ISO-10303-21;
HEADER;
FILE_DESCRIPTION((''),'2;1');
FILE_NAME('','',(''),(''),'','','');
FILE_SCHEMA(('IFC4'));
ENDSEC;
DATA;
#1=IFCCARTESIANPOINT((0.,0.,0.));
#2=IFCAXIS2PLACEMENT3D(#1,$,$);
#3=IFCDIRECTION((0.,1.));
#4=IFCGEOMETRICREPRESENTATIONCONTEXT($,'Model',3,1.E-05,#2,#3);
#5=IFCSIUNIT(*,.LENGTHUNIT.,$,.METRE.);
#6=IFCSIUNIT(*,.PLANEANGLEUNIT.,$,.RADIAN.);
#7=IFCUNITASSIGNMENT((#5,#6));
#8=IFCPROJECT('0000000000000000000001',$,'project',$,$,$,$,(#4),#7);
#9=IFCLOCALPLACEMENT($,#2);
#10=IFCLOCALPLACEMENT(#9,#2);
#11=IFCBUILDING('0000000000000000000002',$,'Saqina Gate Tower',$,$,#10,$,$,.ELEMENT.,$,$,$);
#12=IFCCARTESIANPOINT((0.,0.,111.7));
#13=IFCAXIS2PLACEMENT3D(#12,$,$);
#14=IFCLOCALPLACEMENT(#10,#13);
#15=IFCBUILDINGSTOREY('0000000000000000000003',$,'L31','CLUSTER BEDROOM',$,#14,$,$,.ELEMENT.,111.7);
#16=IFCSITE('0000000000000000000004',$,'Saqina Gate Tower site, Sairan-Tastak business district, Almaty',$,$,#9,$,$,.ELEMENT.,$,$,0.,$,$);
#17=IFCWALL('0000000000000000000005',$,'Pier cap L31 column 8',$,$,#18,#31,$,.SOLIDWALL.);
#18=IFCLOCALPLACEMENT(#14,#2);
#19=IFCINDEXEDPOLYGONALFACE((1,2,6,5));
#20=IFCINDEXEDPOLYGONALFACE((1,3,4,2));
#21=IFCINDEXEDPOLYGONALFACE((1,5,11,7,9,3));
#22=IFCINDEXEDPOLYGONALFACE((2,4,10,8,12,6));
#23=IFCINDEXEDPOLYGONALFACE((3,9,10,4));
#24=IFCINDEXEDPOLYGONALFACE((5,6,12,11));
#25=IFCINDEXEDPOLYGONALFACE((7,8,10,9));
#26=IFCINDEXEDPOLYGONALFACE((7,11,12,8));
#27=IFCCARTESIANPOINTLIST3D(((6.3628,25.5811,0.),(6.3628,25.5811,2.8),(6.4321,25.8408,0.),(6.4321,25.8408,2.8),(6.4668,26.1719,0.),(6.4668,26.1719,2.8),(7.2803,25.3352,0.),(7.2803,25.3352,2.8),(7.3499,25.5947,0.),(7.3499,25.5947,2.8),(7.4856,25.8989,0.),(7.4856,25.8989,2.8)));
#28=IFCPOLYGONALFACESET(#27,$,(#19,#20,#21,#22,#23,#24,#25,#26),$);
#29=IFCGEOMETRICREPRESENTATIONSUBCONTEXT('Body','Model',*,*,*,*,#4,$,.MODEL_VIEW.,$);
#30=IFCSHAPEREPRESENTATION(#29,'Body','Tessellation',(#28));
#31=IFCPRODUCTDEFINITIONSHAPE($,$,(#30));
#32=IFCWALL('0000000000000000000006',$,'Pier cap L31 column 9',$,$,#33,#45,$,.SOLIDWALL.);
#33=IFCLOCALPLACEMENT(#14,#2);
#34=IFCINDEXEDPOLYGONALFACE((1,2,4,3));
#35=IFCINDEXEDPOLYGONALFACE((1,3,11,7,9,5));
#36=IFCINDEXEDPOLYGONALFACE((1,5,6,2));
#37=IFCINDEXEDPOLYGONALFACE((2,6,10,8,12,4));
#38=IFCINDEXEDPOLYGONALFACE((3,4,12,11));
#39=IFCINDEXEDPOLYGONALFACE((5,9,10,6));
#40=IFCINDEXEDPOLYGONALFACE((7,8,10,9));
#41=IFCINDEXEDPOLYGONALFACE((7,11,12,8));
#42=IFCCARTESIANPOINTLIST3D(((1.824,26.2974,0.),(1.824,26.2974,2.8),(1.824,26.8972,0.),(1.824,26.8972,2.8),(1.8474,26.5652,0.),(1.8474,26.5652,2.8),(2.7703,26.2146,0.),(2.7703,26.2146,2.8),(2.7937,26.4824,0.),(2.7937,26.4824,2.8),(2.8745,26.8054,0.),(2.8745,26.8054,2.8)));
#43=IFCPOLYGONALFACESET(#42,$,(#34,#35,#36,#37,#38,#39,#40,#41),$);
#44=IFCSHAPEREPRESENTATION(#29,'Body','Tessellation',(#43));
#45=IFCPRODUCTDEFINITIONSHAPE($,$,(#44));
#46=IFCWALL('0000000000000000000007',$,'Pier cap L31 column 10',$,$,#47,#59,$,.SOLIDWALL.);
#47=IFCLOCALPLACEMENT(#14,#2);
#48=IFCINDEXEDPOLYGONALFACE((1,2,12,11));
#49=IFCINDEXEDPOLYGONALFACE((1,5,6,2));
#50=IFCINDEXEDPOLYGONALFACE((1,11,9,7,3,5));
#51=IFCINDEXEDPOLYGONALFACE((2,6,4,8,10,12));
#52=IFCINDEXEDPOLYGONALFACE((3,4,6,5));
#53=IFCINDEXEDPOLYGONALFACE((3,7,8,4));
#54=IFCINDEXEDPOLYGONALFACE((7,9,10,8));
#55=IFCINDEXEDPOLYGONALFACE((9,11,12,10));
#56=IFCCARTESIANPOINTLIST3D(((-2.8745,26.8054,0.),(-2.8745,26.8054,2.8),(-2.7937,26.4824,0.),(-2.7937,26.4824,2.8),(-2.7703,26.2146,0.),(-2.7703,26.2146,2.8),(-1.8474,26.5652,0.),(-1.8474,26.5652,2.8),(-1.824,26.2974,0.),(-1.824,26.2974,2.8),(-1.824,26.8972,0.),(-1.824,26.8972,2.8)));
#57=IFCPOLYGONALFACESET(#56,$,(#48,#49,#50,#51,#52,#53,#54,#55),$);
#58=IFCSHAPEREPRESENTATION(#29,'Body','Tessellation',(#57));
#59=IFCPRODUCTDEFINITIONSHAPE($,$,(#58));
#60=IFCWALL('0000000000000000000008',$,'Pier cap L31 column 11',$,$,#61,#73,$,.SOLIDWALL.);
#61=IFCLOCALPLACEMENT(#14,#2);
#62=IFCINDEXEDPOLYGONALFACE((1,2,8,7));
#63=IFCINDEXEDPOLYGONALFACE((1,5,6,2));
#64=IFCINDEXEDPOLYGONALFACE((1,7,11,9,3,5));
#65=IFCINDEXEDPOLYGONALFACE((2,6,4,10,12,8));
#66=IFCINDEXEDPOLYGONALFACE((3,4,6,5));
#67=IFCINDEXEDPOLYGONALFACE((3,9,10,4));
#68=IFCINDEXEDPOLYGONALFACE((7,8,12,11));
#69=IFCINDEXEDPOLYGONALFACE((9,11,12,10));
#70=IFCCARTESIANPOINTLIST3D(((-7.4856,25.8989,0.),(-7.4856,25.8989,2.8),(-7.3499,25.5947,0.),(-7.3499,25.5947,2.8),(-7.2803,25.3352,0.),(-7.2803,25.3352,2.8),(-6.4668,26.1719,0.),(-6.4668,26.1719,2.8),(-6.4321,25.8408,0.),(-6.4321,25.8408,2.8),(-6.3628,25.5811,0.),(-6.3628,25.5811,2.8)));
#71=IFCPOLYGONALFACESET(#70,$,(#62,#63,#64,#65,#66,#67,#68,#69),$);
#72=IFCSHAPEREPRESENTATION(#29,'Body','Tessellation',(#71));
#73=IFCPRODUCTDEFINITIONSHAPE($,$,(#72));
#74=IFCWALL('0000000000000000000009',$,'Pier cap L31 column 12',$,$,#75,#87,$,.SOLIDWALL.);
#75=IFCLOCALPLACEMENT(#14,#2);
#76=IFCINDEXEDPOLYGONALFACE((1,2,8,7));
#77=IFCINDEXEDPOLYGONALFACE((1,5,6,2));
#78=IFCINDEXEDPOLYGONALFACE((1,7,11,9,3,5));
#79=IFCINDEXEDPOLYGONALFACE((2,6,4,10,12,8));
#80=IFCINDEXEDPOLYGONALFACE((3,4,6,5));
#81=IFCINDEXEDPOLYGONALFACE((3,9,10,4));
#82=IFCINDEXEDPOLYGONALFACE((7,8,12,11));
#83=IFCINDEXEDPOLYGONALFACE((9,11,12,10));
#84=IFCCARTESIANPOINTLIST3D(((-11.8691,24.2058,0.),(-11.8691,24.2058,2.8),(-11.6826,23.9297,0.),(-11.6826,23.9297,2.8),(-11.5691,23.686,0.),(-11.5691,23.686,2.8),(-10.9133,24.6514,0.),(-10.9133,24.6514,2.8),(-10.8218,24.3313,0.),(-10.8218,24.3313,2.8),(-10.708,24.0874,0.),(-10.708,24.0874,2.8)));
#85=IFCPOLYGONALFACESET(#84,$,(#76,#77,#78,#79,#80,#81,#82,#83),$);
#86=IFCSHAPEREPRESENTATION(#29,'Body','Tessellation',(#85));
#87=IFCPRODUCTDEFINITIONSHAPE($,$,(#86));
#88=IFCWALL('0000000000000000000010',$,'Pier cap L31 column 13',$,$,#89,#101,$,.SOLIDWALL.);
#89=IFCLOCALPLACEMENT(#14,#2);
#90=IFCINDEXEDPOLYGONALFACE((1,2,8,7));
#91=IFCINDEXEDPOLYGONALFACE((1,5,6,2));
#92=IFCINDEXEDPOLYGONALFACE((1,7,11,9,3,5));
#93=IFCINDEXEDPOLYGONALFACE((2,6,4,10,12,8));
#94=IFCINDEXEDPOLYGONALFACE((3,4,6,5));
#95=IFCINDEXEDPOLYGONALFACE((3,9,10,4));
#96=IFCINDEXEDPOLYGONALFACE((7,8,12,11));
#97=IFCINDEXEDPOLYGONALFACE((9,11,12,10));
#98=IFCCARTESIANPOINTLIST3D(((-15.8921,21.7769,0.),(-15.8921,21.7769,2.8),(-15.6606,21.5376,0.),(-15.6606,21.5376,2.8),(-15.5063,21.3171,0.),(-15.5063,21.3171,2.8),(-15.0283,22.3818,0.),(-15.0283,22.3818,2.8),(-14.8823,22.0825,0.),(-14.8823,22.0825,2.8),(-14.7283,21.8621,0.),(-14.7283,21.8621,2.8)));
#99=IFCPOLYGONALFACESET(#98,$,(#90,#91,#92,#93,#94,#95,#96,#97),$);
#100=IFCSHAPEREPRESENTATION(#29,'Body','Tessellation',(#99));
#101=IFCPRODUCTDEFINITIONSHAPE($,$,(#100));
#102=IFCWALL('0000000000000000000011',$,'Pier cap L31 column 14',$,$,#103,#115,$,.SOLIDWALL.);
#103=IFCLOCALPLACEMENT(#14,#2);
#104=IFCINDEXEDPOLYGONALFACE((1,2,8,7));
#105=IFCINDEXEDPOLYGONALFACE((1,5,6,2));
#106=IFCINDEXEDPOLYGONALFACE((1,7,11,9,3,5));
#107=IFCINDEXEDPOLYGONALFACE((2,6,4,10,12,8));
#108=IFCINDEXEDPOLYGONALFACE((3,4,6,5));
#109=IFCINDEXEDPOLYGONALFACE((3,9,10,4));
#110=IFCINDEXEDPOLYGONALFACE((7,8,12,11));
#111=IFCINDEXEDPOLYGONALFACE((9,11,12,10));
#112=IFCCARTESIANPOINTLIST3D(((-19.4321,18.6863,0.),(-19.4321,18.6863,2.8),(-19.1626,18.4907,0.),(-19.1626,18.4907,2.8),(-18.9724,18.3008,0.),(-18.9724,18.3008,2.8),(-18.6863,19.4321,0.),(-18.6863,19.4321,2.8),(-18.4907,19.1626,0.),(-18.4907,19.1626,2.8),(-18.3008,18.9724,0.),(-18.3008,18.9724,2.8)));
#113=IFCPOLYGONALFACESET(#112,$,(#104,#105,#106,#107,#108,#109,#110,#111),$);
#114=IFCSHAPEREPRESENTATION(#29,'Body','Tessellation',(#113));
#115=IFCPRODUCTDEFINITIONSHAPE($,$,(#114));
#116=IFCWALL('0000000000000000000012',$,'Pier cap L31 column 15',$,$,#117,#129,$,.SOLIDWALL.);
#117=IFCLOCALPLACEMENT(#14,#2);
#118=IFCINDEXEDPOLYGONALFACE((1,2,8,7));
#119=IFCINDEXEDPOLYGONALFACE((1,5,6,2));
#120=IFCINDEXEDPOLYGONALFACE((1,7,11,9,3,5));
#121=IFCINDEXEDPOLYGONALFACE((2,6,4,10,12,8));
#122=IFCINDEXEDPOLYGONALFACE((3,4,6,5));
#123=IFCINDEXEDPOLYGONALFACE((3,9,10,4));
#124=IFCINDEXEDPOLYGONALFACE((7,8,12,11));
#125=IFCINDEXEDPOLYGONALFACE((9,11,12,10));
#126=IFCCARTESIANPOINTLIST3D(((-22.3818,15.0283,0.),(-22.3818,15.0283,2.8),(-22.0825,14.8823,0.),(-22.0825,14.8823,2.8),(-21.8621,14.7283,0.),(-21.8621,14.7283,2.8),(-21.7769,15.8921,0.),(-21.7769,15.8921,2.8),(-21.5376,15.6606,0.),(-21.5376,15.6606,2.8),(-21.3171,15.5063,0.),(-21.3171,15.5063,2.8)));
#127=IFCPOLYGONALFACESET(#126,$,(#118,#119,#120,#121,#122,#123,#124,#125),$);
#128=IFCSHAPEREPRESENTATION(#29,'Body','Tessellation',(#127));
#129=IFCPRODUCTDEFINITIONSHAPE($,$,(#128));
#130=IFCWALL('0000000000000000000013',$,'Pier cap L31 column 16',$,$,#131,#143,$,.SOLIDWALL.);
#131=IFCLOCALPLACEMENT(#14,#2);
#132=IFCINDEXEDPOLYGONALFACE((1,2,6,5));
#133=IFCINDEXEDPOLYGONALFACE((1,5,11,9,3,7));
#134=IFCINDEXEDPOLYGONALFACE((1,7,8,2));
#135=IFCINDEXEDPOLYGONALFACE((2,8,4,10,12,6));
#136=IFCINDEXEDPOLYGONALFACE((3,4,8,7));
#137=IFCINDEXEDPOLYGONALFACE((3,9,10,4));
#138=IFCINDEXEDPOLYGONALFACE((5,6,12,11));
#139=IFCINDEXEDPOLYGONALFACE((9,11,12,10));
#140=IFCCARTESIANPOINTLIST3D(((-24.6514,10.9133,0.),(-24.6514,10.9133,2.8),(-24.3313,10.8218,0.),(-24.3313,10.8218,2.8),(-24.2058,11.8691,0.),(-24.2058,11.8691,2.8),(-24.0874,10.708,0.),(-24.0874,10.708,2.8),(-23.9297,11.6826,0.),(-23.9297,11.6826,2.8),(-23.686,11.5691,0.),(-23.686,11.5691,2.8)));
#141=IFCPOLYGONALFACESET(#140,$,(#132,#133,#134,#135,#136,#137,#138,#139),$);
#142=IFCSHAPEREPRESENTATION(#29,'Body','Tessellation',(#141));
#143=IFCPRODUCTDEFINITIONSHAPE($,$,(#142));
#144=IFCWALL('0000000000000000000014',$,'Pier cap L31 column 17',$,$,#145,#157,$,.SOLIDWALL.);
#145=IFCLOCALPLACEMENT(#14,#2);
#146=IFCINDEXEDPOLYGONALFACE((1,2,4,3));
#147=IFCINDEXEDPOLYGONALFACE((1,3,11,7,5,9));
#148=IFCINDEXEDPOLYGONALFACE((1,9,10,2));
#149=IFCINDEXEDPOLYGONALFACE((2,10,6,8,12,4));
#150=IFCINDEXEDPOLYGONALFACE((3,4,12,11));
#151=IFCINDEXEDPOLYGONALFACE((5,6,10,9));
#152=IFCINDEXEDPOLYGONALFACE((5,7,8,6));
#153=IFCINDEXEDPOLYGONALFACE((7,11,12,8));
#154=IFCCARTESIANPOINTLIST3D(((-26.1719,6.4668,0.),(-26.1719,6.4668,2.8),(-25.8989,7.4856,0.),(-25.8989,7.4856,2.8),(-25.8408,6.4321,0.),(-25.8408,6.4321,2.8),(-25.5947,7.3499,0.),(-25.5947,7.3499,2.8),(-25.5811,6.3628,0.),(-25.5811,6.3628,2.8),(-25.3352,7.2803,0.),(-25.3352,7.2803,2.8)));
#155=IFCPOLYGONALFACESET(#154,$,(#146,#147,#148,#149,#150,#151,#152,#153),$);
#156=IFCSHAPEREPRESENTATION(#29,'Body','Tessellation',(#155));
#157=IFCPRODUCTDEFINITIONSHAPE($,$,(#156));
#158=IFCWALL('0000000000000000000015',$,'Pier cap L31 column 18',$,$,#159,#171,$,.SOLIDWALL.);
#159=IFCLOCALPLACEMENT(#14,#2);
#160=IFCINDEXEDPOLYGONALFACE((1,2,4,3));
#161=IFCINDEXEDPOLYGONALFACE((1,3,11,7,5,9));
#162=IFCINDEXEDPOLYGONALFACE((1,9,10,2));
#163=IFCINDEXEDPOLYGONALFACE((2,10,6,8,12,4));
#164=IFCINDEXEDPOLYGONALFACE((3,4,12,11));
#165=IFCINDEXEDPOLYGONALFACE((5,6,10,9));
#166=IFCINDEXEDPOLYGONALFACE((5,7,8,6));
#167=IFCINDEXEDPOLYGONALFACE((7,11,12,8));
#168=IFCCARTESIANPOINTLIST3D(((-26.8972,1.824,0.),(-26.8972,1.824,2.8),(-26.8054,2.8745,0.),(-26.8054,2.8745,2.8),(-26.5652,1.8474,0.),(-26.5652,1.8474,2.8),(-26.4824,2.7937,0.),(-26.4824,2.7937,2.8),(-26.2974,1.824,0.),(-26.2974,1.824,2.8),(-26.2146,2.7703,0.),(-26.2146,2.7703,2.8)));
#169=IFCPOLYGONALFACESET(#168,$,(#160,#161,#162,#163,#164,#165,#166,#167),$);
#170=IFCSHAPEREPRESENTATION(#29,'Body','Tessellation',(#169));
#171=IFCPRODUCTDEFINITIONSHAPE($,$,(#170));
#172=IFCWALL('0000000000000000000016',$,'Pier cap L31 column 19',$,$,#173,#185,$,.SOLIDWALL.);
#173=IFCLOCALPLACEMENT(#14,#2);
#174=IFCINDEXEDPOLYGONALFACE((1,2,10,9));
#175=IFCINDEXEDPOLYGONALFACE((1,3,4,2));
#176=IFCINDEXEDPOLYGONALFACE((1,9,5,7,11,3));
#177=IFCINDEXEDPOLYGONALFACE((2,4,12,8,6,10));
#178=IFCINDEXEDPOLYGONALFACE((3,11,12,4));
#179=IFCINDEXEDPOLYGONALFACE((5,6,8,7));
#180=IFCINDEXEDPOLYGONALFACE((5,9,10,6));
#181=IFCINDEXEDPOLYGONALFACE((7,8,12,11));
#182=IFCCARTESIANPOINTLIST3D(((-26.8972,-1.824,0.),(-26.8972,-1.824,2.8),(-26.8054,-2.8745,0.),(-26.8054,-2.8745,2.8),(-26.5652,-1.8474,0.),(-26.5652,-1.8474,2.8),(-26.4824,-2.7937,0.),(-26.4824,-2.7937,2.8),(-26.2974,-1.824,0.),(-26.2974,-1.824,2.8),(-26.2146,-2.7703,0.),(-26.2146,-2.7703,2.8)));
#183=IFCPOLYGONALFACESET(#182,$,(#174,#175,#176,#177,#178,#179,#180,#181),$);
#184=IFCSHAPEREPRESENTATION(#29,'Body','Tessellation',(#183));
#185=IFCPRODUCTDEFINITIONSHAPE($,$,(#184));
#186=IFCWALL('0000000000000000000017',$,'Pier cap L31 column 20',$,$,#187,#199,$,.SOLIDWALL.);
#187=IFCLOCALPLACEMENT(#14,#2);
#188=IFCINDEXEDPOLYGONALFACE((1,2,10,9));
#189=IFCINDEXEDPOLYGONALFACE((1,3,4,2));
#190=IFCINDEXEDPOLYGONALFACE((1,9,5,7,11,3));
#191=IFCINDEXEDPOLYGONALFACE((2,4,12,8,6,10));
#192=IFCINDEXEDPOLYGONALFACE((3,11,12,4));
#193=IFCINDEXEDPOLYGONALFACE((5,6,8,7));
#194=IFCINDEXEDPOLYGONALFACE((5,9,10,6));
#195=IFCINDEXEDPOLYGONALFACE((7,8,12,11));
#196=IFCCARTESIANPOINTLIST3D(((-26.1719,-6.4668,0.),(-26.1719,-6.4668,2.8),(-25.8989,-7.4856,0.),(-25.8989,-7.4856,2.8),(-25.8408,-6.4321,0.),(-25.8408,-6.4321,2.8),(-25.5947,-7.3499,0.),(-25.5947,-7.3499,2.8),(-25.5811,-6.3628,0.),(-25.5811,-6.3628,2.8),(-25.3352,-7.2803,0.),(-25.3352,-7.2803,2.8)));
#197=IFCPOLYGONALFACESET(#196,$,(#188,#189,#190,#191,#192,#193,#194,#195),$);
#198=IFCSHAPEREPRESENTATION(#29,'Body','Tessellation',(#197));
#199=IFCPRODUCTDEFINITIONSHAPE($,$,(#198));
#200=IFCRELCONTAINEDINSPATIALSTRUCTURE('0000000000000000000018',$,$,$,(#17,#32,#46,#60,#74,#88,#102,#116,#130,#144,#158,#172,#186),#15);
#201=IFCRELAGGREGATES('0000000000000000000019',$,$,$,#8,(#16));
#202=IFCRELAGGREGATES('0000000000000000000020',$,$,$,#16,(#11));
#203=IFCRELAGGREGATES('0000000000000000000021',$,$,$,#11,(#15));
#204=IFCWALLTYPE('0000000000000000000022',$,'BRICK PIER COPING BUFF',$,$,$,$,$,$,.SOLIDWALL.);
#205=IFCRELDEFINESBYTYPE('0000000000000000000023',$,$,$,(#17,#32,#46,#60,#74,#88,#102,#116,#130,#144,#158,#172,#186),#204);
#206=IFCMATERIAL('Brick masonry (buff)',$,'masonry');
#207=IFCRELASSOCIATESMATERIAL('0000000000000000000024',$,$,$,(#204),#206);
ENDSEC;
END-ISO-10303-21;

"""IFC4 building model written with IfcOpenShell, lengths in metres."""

from ifc_helpers import new_model, si_unit, direction, frame, origin, place, context, subcontext, project, spatial, polyline, outline, extrude, material, type_object, element, save


model = new_model("IFC4")

# Units and contexts
model_context = context("Model", 3, precision=1e-05, world=origin(), true_north=direction((0.0, 1.0)))
body_context = subcontext(model_context, "Body", "Model", "MODEL_VIEW")
ifc_project = project(units=[si_unit("LENGTHUNIT", "METRE"), si_unit("PLANEANGLEUNIT", "RADIAN")], contexts=[model_context])

# Site, building, storey
site_placement = place(None, origin())
site = spatial("IfcSite", under=ifc_project, at=site_placement, Name="Saqina Gate Tower site, Sairan-Tastak business district, Almaty", CompositionType="ELEMENT", RefElevation=0.0)
building_placement = place(site_placement, origin())
building = spatial("IfcBuilding", under=site, at=building_placement, Name="Saqina Gate Tower", CompositionType="ELEMENT")
storey_placement = place(building_placement, frame((0.0, 0.0, 111.7)))
storey = spatial("IfcBuildingStorey", under=building, at=storey_placement, Name="L31", Description="CLUSTER BEDROOM", CompositionType="ELEMENT", Elevation=111.7)

# Walls
ifc_material = material(Name="Brick masonry (buff)", Category="masonry")
wall_type = type_object("IfcWallType", Name="BRICK PIER COPING BUFF", PredefinedType="SOLIDWALL", material=ifc_material)
wall_1_placement = place(storey_placement, origin())
element("IfcWall", 1, at=wall_1_placement, inside=storey, type_object=wall_type, Name="Pier cap L31 column 8", PredefinedType="SOLIDWALL", context=body_context, shape_type="SweptSolid", body=[
    extrude(outline(polyline([(7.4856, 25.8989), (6.4668, 26.1719), (6.3628, 25.5811), (6.4321, 25.8408), (7.3499, 25.5947), (7.2803, 25.3352), (7.4856, 25.8989)])), origin(), (0.0, 0.0, 1.0), 2.8),
])
wall_2_placement = place(storey_placement, origin())
element("IfcWall", 2, at=wall_2_placement, inside=storey, type_object=wall_type, Name="Pier cap L31 column 9", PredefinedType="SOLIDWALL", context=body_context, shape_type="SweptSolid", body=[
    extrude(outline(polyline([(2.8745, 26.8054), (1.824, 26.8972), (1.824, 26.2974), (1.8474, 26.5652), (2.7937, 26.4824), (2.7703, 26.2146), (2.8745, 26.8054)])), origin(), (0.0, 0.0, 1.0), 2.8),
])
wall_3_placement = place(storey_placement, origin())
element("IfcWall", 3, at=wall_3_placement, inside=storey, type_object=wall_type, Name="Pier cap L31 column 10", PredefinedType="SOLIDWALL", context=body_context, shape_type="SweptSolid", body=[
    extrude(outline(polyline([(-2.8745, 26.8054), (-2.7703, 26.2146), (-2.7937, 26.4824), (-1.8474, 26.5652), (-1.824, 26.2974), (-1.824, 26.8972), (-2.8745, 26.8054)])), origin(), (0.0, 0.0, 1.0), 2.8),
])
wall_4_placement = place(storey_placement, origin())
element("IfcWall", 4, at=wall_4_placement, inside=storey, type_object=wall_type, Name="Pier cap L31 column 11", PredefinedType="SOLIDWALL", context=body_context, shape_type="SweptSolid", body=[
    extrude(outline(polyline([(-6.4668, 26.1719), (-7.4856, 25.8989), (-7.2803, 25.3352), (-7.3499, 25.5947), (-6.4321, 25.8408), (-6.3628, 25.5811), (-6.4668, 26.1719)])), origin(), (0.0, 0.0, 1.0), 2.8),
])
wall_5_placement = place(storey_placement, origin())
element("IfcWall", 5, at=wall_5_placement, inside=storey, type_object=wall_type, Name="Pier cap L31 column 12", PredefinedType="SOLIDWALL", context=body_context, shape_type="SweptSolid", body=[
    extrude(outline(polyline([(-10.9133, 24.6514), (-11.8691, 24.2058), (-11.5691, 23.686), (-11.6826, 23.9297), (-10.8218, 24.3313), (-10.708, 24.0874), (-10.9133, 24.6514)])), origin(), (0.0, 0.0, 1.0), 2.8),
])
wall_6_placement = place(storey_placement, origin())
element("IfcWall", 6, at=wall_6_placement, inside=storey, type_object=wall_type, Name="Pier cap L31 column 13", PredefinedType="SOLIDWALL", context=body_context, shape_type="SweptSolid", body=[
    extrude(outline(polyline([(-15.8921, 21.7769), (-15.5063, 21.3171), (-15.6606, 21.5376), (-14.8823, 22.0825), (-14.7283, 21.8621), (-15.0283, 22.3818), (-15.8921, 21.7769)])), origin(), (0.0, 0.0, 1.0), 2.8),
])
wall_7_placement = place(storey_placement, origin())
element("IfcWall", 7, at=wall_7_placement, inside=storey, type_object=wall_type, Name="Pier cap L31 column 14", PredefinedType="SOLIDWALL", context=body_context, shape_type="SweptSolid", body=[
    extrude(outline(polyline([(-18.6863, 19.4321), (-19.4321, 18.6863), (-18.9724, 18.3008), (-19.1626, 18.4907), (-18.4907, 19.1626), (-18.3008, 18.9724), (-18.6863, 19.4321)])), origin(), (0.0, 0.0, 1.0), 2.8),
])
wall_8_placement = place(storey_placement, origin())
element("IfcWall", 8, at=wall_8_placement, inside=storey, type_object=wall_type, Name="Pier cap L31 column 15", PredefinedType="SOLIDWALL", context=body_context, shape_type="SweptSolid", body=[
    extrude(outline(polyline([(-22.3818, 15.0283), (-21.8621, 14.7283), (-22.0825, 14.8823), (-21.5376, 15.6606), (-21.3171, 15.5063), (-21.7769, 15.8921), (-22.3818, 15.0283)])), origin(), (0.0, 0.0, 1.0), 2.8),
])
wall_9_placement = place(storey_placement, origin())
element("IfcWall", 9, at=wall_9_placement, inside=storey, type_object=wall_type, Name="Pier cap L31 column 16", PredefinedType="SOLIDWALL", context=body_context, shape_type="SweptSolid", body=[
    extrude(outline(polyline([(-24.6514, 10.9133), (-24.0874, 10.708), (-24.3313, 10.8218), (-23.9297, 11.6826), (-23.686, 11.5691), (-24.2058, 11.8691), (-24.6514, 10.9133)])), origin(), (0.0, 0.0, 1.0), 2.8),
])
wall_10_placement = place(storey_placement, origin())
element("IfcWall", 10, at=wall_10_placement, inside=storey, type_object=wall_type, Name="Pier cap L31 column 17", PredefinedType="SOLIDWALL", context=body_context, shape_type="SweptSolid", body=[
    extrude(outline(polyline([(-25.8989, 7.4856), (-26.1719, 6.4668), (-25.5811, 6.3628), (-25.8408, 6.4321), (-25.5947, 7.3499), (-25.3352, 7.2803), (-25.8989, 7.4856)])), origin(), (0.0, 0.0, 1.0), 2.8),
])
wall_11_placement = place(storey_placement, origin())
element("IfcWall", 11, at=wall_11_placement, inside=storey, type_object=wall_type, Name="Pier cap L31 column 18", PredefinedType="SOLIDWALL", context=body_context, shape_type="SweptSolid", body=[
    extrude(outline(polyline([(-26.8054, 2.8745), (-26.8972, 1.824), (-26.2974, 1.824), (-26.5652, 1.8474), (-26.4824, 2.7937), (-26.2146, 2.7703), (-26.8054, 2.8745)])), origin(), (0.0, 0.0, 1.0), 2.8),
])
wall_12_placement = place(storey_placement, origin())
element("IfcWall", 12, at=wall_12_placement, inside=storey, type_object=wall_type, Name="Pier cap L31 column 19", PredefinedType="SOLIDWALL", context=body_context, shape_type="SweptSolid", body=[
    extrude(outline(polyline([(-26.8054, -2.8745), (-26.2146, -2.7703), (-26.4824, -2.7937), (-26.5652, -1.8474), (-26.2974, -1.824), (-26.8972, -1.824), (-26.8054, -2.8745)])), origin(), (0.0, 0.0, 1.0), 2.8),
])
wall_13_placement = place(storey_placement, origin())
element("IfcWall", 13, at=wall_13_placement, inside=storey, type_object=wall_type, Name="Pier cap L31 column 20", PredefinedType="SOLIDWALL", context=body_context, shape_type="SweptSolid", body=[
    extrude(outline(polyline([(-26.1719, -6.4668), (-25.8989, -7.4856), (-25.3352, -7.2803), (-25.5947, -7.3499), (-25.8408, -6.4321), (-25.5811, -6.3628), (-26.1719, -6.4668)])), origin(), (0.0, 0.0, 1.0), 2.8),
])

save(model, "model.ifc")
